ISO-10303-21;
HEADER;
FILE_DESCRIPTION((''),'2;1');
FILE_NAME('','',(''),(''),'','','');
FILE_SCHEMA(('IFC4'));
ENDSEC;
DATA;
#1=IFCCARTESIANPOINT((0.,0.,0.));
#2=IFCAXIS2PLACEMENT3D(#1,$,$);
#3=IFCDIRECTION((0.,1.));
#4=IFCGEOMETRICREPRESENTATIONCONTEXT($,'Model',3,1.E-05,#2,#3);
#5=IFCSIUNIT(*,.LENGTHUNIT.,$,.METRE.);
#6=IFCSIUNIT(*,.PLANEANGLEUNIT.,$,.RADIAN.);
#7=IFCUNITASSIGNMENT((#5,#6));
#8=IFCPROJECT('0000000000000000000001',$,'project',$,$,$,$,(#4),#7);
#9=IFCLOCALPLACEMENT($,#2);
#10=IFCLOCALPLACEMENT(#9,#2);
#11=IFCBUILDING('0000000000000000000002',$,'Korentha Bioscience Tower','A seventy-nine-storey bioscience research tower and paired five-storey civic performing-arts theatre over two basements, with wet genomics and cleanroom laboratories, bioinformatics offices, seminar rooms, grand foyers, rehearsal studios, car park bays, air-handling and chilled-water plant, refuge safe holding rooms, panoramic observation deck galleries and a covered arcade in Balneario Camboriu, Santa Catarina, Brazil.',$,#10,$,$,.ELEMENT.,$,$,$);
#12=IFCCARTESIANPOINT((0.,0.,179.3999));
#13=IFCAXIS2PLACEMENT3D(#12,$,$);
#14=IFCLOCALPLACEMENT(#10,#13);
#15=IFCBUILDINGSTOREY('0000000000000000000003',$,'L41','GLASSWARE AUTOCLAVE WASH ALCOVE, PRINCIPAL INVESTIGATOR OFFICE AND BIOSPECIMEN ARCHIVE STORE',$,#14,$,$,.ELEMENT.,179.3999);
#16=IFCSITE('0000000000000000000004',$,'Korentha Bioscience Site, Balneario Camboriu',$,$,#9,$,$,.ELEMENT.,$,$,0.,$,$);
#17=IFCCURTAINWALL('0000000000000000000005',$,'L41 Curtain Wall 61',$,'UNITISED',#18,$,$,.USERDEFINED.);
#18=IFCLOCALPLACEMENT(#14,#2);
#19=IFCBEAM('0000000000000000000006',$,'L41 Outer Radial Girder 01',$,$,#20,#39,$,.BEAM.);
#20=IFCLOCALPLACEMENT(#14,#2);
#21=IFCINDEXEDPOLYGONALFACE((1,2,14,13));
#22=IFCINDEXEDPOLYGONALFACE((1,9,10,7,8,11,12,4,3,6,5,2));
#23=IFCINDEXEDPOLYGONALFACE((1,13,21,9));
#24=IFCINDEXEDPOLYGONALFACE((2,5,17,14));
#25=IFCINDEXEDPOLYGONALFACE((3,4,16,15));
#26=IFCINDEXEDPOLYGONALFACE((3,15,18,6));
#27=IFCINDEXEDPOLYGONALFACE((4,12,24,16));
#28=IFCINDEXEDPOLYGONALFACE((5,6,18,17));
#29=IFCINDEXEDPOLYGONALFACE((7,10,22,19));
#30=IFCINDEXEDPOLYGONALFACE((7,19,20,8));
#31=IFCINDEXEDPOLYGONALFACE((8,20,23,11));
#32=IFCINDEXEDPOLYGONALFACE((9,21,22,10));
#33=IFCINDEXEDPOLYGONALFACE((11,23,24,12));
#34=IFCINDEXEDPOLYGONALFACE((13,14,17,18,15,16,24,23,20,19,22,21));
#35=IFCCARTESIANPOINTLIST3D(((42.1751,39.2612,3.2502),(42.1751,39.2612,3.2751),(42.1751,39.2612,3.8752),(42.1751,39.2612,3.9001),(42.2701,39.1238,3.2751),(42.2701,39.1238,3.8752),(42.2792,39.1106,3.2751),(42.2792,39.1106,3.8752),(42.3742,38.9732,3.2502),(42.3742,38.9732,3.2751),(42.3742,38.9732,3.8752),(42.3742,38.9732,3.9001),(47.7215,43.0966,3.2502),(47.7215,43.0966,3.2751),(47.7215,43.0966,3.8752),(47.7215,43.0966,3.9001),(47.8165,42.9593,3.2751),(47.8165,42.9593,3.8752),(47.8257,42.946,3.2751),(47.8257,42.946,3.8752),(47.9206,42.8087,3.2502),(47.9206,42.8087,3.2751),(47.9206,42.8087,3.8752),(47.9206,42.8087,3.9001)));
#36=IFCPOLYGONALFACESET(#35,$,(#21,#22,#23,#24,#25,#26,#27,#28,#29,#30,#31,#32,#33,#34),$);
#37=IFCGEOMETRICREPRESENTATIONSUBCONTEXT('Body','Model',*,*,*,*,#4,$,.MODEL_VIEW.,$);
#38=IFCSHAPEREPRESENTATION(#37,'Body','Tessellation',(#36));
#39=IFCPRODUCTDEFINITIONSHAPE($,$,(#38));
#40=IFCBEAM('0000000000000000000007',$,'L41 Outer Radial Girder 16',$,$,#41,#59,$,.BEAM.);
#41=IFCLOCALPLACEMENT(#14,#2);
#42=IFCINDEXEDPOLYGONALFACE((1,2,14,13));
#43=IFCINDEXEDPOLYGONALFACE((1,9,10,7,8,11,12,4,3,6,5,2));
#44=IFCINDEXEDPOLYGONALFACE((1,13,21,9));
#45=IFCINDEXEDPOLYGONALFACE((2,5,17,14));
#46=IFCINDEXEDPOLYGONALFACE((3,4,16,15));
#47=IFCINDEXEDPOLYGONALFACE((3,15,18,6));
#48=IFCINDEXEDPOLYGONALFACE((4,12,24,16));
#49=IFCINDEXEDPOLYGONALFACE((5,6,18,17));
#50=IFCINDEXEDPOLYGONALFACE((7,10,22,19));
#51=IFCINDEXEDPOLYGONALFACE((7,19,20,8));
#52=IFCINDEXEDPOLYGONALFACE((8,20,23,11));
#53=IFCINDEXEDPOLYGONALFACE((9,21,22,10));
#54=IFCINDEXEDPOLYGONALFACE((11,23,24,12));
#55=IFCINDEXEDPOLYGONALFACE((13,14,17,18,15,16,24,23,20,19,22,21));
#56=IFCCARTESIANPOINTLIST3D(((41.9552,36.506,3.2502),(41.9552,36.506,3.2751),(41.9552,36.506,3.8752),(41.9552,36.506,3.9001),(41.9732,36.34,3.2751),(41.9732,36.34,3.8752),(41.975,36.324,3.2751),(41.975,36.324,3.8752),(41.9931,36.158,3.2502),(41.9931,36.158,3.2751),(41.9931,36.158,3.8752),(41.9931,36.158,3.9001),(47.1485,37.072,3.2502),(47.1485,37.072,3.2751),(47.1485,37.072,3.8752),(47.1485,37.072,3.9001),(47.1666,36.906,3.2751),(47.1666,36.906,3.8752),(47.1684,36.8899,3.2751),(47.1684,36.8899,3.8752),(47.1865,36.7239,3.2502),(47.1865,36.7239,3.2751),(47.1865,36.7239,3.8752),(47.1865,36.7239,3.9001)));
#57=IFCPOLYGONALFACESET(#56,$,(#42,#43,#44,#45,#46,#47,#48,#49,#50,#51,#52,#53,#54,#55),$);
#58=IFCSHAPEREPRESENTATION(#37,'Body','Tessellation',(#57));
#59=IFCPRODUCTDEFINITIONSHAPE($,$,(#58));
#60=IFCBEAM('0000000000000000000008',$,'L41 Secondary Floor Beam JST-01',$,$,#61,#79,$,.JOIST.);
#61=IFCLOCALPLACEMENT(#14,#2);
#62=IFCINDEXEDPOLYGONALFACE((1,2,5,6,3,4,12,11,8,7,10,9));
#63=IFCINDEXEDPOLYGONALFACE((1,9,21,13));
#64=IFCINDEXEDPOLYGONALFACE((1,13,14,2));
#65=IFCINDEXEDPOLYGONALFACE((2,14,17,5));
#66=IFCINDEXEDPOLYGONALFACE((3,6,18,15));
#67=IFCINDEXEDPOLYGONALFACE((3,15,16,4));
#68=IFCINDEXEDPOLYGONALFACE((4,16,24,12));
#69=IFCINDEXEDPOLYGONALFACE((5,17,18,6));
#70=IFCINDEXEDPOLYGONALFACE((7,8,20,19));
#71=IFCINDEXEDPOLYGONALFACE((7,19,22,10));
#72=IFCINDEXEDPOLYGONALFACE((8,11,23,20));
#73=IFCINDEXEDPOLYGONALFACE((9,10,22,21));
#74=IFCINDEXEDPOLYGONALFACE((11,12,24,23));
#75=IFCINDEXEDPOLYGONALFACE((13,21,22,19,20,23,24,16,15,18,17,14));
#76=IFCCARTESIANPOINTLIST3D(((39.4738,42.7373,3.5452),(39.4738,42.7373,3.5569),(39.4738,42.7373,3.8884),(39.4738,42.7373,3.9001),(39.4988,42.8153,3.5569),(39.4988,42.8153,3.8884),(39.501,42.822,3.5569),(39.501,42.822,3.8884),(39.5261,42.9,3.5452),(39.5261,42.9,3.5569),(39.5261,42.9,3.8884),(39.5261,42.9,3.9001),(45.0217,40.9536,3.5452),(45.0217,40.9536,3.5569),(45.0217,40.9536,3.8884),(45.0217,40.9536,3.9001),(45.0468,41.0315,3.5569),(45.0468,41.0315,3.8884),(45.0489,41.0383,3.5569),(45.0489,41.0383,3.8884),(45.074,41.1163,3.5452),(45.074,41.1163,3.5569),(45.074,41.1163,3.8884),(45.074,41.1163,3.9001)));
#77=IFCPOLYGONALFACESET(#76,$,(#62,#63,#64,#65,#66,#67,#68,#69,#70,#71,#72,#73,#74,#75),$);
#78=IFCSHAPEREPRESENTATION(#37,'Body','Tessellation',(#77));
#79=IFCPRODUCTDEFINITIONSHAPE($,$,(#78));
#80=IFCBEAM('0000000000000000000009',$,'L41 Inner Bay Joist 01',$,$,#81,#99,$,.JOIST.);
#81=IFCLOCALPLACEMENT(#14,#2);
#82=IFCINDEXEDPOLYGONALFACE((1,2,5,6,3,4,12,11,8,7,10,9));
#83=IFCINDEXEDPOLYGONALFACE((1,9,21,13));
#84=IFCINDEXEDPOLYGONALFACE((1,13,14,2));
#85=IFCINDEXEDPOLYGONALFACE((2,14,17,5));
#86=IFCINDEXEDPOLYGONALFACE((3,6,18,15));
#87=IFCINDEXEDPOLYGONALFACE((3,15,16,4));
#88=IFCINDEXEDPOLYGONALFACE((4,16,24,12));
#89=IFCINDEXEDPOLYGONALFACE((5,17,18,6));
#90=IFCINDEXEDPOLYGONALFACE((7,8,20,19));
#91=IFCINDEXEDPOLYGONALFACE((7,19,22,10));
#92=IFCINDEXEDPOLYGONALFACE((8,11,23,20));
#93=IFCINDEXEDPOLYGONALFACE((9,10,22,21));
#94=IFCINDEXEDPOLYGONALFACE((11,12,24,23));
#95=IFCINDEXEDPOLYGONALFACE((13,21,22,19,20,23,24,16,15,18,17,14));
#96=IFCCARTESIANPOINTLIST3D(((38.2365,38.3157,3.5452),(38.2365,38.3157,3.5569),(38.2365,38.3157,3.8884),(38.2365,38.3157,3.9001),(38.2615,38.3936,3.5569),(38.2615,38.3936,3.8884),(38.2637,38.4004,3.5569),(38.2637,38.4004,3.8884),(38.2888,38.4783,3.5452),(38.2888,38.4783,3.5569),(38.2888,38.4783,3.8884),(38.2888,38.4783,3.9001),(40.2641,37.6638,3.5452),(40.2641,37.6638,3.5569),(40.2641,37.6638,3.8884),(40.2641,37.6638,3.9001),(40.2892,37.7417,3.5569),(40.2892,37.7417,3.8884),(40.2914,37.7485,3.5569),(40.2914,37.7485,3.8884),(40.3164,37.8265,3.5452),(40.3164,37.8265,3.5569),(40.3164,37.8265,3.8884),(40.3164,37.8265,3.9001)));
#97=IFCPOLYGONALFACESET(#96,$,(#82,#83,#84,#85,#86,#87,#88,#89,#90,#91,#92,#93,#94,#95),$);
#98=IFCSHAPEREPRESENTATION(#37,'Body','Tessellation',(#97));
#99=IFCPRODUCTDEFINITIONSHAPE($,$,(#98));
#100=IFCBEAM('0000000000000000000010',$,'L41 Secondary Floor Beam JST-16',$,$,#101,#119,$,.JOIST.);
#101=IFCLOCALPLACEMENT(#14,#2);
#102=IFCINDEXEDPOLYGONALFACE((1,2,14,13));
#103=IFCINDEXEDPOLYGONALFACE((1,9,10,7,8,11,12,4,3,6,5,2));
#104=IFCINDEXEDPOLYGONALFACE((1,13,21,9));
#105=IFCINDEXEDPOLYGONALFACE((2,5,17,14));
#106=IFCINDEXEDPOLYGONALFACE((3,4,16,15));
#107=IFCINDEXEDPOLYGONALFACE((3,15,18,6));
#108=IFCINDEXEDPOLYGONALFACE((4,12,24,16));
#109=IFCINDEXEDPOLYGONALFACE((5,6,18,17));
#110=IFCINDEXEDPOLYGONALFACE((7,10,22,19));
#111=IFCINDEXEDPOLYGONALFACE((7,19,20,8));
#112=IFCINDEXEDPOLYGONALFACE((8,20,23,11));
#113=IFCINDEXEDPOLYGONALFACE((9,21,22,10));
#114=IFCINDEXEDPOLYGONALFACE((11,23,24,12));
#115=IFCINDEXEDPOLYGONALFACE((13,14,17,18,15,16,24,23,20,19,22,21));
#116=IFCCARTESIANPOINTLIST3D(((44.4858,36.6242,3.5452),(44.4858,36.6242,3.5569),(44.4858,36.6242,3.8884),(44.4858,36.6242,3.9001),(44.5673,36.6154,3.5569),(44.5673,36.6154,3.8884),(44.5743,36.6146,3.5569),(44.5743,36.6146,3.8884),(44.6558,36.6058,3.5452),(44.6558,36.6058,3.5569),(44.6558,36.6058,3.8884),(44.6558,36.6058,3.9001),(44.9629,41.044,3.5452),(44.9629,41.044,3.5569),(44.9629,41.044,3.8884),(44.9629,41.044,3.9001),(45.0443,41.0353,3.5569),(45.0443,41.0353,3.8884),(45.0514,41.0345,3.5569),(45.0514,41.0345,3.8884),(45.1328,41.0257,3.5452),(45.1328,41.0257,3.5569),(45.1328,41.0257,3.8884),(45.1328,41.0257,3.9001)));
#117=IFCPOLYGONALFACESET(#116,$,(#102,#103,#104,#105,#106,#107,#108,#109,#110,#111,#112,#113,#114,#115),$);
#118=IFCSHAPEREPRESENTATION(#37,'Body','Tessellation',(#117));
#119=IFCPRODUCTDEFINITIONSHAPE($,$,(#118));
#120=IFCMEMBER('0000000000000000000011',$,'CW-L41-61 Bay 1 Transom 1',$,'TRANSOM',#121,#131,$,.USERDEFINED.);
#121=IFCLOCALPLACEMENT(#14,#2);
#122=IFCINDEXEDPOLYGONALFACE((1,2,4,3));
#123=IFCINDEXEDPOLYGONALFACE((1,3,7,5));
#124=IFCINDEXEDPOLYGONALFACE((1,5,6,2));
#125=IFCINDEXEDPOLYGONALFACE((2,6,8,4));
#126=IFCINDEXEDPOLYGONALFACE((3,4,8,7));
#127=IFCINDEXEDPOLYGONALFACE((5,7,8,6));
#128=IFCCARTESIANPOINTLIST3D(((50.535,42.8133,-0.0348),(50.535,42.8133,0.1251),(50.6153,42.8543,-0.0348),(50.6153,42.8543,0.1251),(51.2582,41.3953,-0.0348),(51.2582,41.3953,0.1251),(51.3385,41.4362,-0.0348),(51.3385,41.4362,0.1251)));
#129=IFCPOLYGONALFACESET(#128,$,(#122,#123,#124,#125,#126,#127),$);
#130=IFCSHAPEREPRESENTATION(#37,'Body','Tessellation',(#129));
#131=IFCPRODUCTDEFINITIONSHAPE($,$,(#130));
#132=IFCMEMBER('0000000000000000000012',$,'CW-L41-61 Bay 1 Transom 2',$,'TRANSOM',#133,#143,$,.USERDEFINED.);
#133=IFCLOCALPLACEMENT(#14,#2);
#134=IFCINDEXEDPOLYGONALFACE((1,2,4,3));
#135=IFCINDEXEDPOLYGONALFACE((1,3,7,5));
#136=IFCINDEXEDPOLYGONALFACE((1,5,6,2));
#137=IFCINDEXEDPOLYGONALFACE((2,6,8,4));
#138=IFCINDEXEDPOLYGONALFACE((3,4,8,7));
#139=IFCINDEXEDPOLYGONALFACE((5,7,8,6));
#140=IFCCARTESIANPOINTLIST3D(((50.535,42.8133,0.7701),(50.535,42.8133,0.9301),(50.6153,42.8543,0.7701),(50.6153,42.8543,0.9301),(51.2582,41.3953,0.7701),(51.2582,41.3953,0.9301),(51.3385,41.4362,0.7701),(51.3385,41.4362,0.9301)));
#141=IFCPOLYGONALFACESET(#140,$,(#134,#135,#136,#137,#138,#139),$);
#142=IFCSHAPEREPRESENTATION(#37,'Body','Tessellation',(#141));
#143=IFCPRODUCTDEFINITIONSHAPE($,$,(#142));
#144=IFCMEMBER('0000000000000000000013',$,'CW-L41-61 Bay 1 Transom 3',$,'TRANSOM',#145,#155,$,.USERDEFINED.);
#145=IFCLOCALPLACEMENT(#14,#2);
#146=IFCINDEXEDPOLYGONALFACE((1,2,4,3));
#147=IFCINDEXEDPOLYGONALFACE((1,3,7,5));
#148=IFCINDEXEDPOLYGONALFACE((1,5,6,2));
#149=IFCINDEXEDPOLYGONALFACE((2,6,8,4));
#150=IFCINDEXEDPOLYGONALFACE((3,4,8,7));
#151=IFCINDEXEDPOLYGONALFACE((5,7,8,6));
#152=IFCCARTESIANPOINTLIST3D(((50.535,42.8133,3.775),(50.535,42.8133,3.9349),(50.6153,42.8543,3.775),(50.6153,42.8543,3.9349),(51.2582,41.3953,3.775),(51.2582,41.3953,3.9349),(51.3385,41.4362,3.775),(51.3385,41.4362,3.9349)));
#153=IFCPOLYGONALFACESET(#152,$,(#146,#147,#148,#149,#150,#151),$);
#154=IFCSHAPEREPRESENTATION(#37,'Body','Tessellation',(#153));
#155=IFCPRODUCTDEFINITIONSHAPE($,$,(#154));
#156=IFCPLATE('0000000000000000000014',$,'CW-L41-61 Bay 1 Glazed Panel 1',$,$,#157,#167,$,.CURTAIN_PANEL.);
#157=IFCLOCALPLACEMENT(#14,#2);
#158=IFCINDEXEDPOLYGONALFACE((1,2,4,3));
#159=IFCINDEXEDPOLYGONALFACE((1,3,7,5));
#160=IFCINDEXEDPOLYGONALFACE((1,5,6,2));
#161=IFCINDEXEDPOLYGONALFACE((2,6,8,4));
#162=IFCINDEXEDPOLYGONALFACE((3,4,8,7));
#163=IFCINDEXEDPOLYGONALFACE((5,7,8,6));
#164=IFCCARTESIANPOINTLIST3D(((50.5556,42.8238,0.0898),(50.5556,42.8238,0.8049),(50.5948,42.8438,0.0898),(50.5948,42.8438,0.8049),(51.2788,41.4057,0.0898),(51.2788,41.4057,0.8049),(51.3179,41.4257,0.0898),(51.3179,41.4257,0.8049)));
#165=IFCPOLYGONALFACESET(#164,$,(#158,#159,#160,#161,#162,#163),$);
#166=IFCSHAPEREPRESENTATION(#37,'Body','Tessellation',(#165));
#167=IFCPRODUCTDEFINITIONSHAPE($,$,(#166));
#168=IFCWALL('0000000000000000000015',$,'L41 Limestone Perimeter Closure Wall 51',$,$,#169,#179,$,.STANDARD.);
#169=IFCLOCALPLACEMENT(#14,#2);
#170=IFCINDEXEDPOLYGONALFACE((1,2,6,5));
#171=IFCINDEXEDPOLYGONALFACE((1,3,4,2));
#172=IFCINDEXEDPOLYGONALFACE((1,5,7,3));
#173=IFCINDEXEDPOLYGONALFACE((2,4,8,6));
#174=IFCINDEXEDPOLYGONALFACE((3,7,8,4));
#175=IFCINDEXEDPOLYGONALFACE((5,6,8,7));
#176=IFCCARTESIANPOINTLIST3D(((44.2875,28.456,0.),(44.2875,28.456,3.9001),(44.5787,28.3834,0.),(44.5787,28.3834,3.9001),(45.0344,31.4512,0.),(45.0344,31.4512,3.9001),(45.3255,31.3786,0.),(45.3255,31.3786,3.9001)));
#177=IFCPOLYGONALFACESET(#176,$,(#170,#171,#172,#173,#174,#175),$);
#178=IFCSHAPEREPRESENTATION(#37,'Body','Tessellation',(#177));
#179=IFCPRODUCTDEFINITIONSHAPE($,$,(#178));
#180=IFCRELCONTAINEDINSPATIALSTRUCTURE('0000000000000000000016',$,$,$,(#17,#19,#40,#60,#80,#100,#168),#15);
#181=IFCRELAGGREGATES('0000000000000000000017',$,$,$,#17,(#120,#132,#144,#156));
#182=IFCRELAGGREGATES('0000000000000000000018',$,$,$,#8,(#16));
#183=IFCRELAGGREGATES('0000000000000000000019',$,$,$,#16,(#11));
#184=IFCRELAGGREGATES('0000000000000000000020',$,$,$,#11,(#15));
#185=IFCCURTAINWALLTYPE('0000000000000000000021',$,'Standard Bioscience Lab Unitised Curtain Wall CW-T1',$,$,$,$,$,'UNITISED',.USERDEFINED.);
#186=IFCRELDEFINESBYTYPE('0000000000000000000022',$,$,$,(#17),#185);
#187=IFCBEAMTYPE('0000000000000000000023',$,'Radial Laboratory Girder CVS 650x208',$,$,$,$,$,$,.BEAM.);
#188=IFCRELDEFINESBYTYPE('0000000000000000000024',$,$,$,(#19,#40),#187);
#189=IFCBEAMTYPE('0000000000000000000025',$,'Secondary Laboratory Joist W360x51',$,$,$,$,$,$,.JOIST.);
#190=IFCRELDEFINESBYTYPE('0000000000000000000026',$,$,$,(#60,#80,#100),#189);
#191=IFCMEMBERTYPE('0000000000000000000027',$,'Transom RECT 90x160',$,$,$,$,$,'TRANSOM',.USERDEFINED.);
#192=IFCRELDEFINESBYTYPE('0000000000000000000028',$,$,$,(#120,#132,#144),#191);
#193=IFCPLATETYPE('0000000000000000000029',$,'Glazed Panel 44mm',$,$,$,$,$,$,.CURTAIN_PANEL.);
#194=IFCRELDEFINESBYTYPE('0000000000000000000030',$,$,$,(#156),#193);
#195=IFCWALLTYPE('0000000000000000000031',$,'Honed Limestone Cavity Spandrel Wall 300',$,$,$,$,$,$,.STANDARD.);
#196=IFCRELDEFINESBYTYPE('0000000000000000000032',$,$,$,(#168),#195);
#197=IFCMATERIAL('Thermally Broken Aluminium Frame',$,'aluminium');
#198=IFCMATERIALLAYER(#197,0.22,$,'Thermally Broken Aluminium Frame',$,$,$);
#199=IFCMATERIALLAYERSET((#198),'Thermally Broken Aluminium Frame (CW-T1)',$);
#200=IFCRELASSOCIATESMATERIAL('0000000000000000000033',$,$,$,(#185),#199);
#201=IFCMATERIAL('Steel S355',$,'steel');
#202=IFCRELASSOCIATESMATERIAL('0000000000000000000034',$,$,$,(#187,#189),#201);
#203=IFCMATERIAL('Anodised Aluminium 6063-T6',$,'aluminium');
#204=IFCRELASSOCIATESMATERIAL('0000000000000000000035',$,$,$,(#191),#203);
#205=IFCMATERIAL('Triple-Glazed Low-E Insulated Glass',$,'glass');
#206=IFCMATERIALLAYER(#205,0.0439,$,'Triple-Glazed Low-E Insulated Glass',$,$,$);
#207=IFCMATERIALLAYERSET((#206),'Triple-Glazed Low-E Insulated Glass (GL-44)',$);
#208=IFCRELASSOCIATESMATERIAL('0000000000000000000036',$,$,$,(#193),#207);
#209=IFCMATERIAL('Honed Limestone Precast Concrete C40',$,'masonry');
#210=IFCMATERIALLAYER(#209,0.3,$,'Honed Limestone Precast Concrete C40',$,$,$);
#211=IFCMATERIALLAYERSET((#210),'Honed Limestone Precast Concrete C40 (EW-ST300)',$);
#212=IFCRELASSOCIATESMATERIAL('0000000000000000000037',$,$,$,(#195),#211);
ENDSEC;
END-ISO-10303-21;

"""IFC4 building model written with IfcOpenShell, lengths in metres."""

from ifc_helpers import new_model, si_unit, direction, frame, frame_2d, origin, origin_2d, place, context, subcontext, project, spatial, rectangle, i_section, extrude, material, layer, layer_set, material_profile, profile_set, type_object, element, aggregate, save


model = new_model("IFC4")

# Units and contexts
model_context = context("Model", 3, precision=1e-05, world=origin(), true_north=direction((0.0, 1.0)))
body_context = subcontext(model_context, "Body", "Model", "MODEL_VIEW")
ifc_project = project(units=[si_unit("LENGTHUNIT", "METRE"), si_unit("PLANEANGLEUNIT", "RADIAN")], contexts=[model_context])

# Site, building, storey
site_placement = place(None, origin())
site = spatial("IfcSite", under=ifc_project, at=site_placement, Name="Korentha Bioscience Site, Balneario Camboriu", CompositionType="ELEMENT", RefElevation=0.0)
building_placement = place(site_placement, origin())
building = spatial("IfcBuilding", under=site, at=building_placement, Name="Korentha Bioscience Tower", Description="A seventy-nine-storey bioscience research tower and paired five-storey civic performing-arts theatre over two basements, with wet genomics and cleanroom laboratories, bioinformatics offices, seminar rooms, grand foyers, rehearsal studios, car park bays, air-handling and chilled-water plant, refuge safe holding rooms, panoramic observation deck galleries and a covered arcade in Balneario Camboriu, Santa Catarina, Brazil.", CompositionType="ELEMENT")
storey_placement = place(building_placement, frame((0.0, 0.0, 179.3999)))
storey = spatial("IfcBuildingStorey", under=building, at=storey_placement, Name="L41", Description="GLASSWARE AUTOCLAVE WASH ALCOVE, PRINCIPAL INVESTIGATOR OFFICE AND BIOSPECIMEN ARCHIVE STORE", CompositionType="ELEMENT", Elevation=179.3999)

# Shared definitions
ifc_material_1 = material(Name="Steel S355", Category="steel")

# Curtain wall
ifc_material_2 = material(Name="Thermally Broken Aluminium Frame", Category="aluminium")
ifc_layer_1 = layer(ifc_material_2, 0.22, Name="Thermally Broken Aluminium Frame")
ifc_layer_set_1 = layer_set([ifc_layer_1], Name="Thermally Broken Aluminium Frame (CW-T1)")
curtain_wall_type = type_object("IfcCurtainWallType", Name="Standard Bioscience Lab Unitised Curtain Wall CW-T1", ElementType="UNITISED", PredefinedType="USERDEFINED", material=ifc_layer_set_1)
curtain_wall_placement = place(storey_placement, origin())
curtain_wall = element("IfcCurtainWall", 1, at=curtain_wall_placement, inside=storey, type_object=curtain_wall_type, Name="L41 Curtain Wall 61", ObjectType="UNITISED", PredefinedType="USERDEFINED")
ifc_material_3 = material(Name="Anodised Aluminium 6063-T6", Category="aluminium")

# Beams
ifc_material_profile_1 = material_profile(ifc_material_1, i_section(OverallWidth=0.3501, OverallDepth=0.6499, WebThickness=0.0161, FlangeThickness=0.0249, at=origin_2d()), Name="Steel S355")
ifc_profile_set_1 = profile_set([ifc_material_profile_1], Name="Steel S355 (RB-650)")
beam_type_1 = type_object("IfcBeamType", Name="Radial Laboratory Girder CVS 650x208", PredefinedType="BEAM", material=ifc_profile_set_1)
beam_1_placement = place(storey_placement, frame((42.2747, 39.1172, 3.5752), z_axis=(0.822494, 0.568773, 0.0), x_axis=(-0.568773, 0.822494, 0.0)))
element("IfcBeam", 2, at=beam_1_placement, inside=storey, type_object=beam_type_1, Name="L41 Outer Radial Girder 01", PredefinedType="BEAM", context=body_context, shape_type="SweptSolid", body=[
    extrude(i_section(OverallWidth=0.3501, OverallDepth=0.6499, WebThickness=0.0161, FlangeThickness=0.0249, at=origin_2d()), origin(), (0.0, 0.0, 1.0), 6.7434),
])
beam_2_placement = place(storey_placement, frame((41.9741, 36.332, 3.5752), z_axis=(0.994115, 0.108328, 0.0), x_axis=(-0.108328, 0.994115, 0.0)))
element("IfcBeam", 3, at=beam_2_placement, inside=storey, type_object=beam_type_1, Name="L41 Outer Radial Girder 16", PredefinedType="BEAM", context=body_context, shape_type="SweptSolid", body=[
    extrude(i_section(OverallWidth=0.3501, OverallDepth=0.6499, WebThickness=0.0161, FlangeThickness=0.0249, at=origin_2d()), origin(), (0.0, 0.0, 1.0), 5.2241),
])
ifc_material_profile_2 = material_profile(ifc_material_1, i_section(OverallWidth=0.1709, OverallDepth=0.355, WebThickness=0.0071, FlangeThickness=0.0117, at=origin_2d()), Name="Steel S355")
ifc_profile_set_2 = profile_set([ifc_material_profile_2], Name="Steel S355 (JB-360)")
beam_type_2 = type_object("IfcBeamType", Name="Secondary Laboratory Joist W360x51", PredefinedType="JOIST", material=ifc_profile_set_2)
beam_3_placement = place(storey_placement, frame((45.0479, 41.0349, 3.7227), z_axis=(-0.952006, 0.30608, 0.0), x_axis=(-0.30608, -0.952006, 0.0)))
element("IfcBeam", 4, at=beam_3_placement, inside=storey, type_object=beam_type_2, Name="L41 Secondary Floor Beam JST-01", PredefinedType="JOIST", context=body_context, shape_type="SweptSolid", body=[
    extrude(i_section(OverallWidth=0.1709, OverallDepth=0.355, WebThickness=0.0071, FlangeThickness=0.0117, at=origin_2d()), origin(), (0.0, 0.0, 1.0), 5.8276),
])
beam_4_placement = place(storey_placement, frame((40.2903, 37.7451, 3.7227), z_axis=(-0.952011, 0.306065, 0.0), x_axis=(-0.306065, -0.952011, 0.0)))
element("IfcBeam", 5, at=beam_4_placement, inside=storey, type_object=beam_type_2, Name="L41 Inner Bay Joist 01", PredefinedType="JOIST", context=body_context, shape_type="SweptSolid", body=[
    extrude(i_section(OverallWidth=0.1709, OverallDepth=0.355, WebThickness=0.0071, FlangeThickness=0.0117, at=origin_2d()), origin(), (0.0, 0.0, 1.0), 2.1299),
])
beam_5_placement = place(storey_placement, frame((44.5708, 36.615, 3.7227), z_axis=(0.107309, 0.994226, 0.0), x_axis=(-0.994226, 0.107309, 0.0)))
element("IfcBeam", 6, at=beam_5_placement, inside=storey, type_object=beam_type_2, Name="L41 Secondary Floor Beam JST-16", PredefinedType="JOIST", context=body_context, shape_type="SweptSolid", body=[
    extrude(i_section(OverallWidth=0.1709, OverallDepth=0.355, WebThickness=0.0071, FlangeThickness=0.0117, at=origin_2d()), origin(), (0.0, 0.0, 1.0), 4.4456),
])

# Members
ifc_material_profile_3 = material_profile(ifc_material_3, rectangle(XDim=0.0901, YDim=0.1599, at=origin_2d()), Name="Anodised Aluminium 6063-T6")
ifc_profile_set_3 = profile_set([ifc_material_profile_3], Name="Anodised Aluminium 6063-T6 (CW-TRN)")
member_type_1 = type_object("IfcMemberType", Name="Transom RECT 90x160", ElementType="TRANSOM", PredefinedType="USERDEFINED", material=ifc_profile_set_3)
member_1_placement = place(storey_placement, frame((51.2983, 41.4158, 0.0452), z_axis=(-0.454316, 0.89084, 0.0), x_axis=(-0.89084, -0.454316, 0.0)))
member_1 = element("IfcMember", 7, at=member_1_placement, type_object=member_type_1, Name="CW-L41-61 Bay 1 Transom 1", ObjectType="TRANSOM", PredefinedType="USERDEFINED", context=body_context, shape_type="SweptSolid", body=[
    extrude(rectangle(XDim=0.0901, YDim=0.1599, at=origin_2d()), origin(), (0.0, 0.0, 1.0), 1.5918),
])
member_2_placement = place(storey_placement, frame((51.2983, 41.4158, 0.8501), z_axis=(-0.454316, 0.89084, 0.0), x_axis=(-0.89084, -0.454316, 0.0)))
member_2 = element("IfcMember", 8, at=member_2_placement, type_object=member_type_1, Name="CW-L41-61 Bay 1 Transom 2", ObjectType="TRANSOM", PredefinedType="USERDEFINED", context=body_context, shape_type="SweptSolid", body=[
    extrude(rectangle(XDim=0.0901, YDim=0.1599, at=origin_2d()), origin(), (0.0, 0.0, 1.0), 1.5918),
])
member_3_placement = place(storey_placement, frame((51.2983, 41.4158, 3.855), z_axis=(-0.454316, 0.89084, 0.0), x_axis=(-0.89084, -0.454316, 0.0)))
member_3 = element("IfcMember", 9, at=member_3_placement, type_object=member_type_1, Name="CW-L41-61 Bay 1 Transom 3", ObjectType="TRANSOM", PredefinedType="USERDEFINED", context=body_context, shape_type="SweptSolid", body=[
    extrude(rectangle(XDim=0.0901, YDim=0.1599, at=origin_2d()), origin(), (0.0, 0.0, 1.0), 1.5918),
])

# Plate
ifc_material_4 = material(Name="Triple-Glazed Low-E Insulated Glass", Category="glass")
ifc_layer_2 = layer(ifc_material_4, 0.0439, Name="Triple-Glazed Low-E Insulated Glass")
ifc_layer_set_2 = layer_set([ifc_layer_2], Name="Triple-Glazed Low-E Insulated Glass (GL-44)")
plate_type = type_object("IfcPlateType", Name="Glazed Panel 44mm", PredefinedType="CURTAIN_PANEL", material=ifc_layer_set_2)
plate_placement = place(storey_placement, frame((50.9368, 42.1248, 0.0898), z_axis=(0.0, 0.0, 1.0), x_axis=(-0.454288, 0.890855, 0.0)))
plate = element("IfcPlate", 10, at=plate_placement, type_object=plate_type, Name="CW-L41-61 Bay 1 Glazed Panel 1", PredefinedType="CURTAIN_PANEL", context=body_context, shape_type="SweptSolid", body=[
    extrude(rectangle(XDim=1.5918, YDim=0.0439, at=origin_2d()), origin(), (0.0, 0.0, 1.0), 0.7151),
])
aggregate(curtain_wall, [member_1, member_2, member_3, plate])

# Wall
ifc_material_5 = material(Name="Honed Limestone Precast Concrete C40", Category="masonry")
ifc_layer_3 = layer(ifc_material_5, 0.3, Name="Honed Limestone Precast Concrete C40")
ifc_layer_set_3 = layer_set([ifc_layer_3], Name="Honed Limestone Precast Concrete C40 (EW-ST300)")
wall_type = type_object("IfcWallType", Name="Honed Limestone Cavity Spandrel Wall 300", PredefinedType="STANDARD", material=ifc_layer_set_3)
for number, where, z_axis, x_axis, name in (
    (11, (44.4331, 28.4197, 0.0), (0.0, 0.0, 1.0), (0.24194, 0.970291, 0.0), "L41 Limestone Perimeter Closure Wall 51"),
):
    element("IfcWall", number, at=place(storey_placement, frame(where, z_axis=z_axis, x_axis=x_axis)), inside=storey, type_object=wall_type, Name=name, PredefinedType="STANDARD", context=body_context, shape_type="SweptSolid", body=[
        extrude(rectangle(XDim=3.0869, YDim=0.3, at=frame_2d((1.5435, 0.0))), origin(), (0.0, 0.0, 1.0), 3.9001),
    ])

save(model, "model.ifc")
